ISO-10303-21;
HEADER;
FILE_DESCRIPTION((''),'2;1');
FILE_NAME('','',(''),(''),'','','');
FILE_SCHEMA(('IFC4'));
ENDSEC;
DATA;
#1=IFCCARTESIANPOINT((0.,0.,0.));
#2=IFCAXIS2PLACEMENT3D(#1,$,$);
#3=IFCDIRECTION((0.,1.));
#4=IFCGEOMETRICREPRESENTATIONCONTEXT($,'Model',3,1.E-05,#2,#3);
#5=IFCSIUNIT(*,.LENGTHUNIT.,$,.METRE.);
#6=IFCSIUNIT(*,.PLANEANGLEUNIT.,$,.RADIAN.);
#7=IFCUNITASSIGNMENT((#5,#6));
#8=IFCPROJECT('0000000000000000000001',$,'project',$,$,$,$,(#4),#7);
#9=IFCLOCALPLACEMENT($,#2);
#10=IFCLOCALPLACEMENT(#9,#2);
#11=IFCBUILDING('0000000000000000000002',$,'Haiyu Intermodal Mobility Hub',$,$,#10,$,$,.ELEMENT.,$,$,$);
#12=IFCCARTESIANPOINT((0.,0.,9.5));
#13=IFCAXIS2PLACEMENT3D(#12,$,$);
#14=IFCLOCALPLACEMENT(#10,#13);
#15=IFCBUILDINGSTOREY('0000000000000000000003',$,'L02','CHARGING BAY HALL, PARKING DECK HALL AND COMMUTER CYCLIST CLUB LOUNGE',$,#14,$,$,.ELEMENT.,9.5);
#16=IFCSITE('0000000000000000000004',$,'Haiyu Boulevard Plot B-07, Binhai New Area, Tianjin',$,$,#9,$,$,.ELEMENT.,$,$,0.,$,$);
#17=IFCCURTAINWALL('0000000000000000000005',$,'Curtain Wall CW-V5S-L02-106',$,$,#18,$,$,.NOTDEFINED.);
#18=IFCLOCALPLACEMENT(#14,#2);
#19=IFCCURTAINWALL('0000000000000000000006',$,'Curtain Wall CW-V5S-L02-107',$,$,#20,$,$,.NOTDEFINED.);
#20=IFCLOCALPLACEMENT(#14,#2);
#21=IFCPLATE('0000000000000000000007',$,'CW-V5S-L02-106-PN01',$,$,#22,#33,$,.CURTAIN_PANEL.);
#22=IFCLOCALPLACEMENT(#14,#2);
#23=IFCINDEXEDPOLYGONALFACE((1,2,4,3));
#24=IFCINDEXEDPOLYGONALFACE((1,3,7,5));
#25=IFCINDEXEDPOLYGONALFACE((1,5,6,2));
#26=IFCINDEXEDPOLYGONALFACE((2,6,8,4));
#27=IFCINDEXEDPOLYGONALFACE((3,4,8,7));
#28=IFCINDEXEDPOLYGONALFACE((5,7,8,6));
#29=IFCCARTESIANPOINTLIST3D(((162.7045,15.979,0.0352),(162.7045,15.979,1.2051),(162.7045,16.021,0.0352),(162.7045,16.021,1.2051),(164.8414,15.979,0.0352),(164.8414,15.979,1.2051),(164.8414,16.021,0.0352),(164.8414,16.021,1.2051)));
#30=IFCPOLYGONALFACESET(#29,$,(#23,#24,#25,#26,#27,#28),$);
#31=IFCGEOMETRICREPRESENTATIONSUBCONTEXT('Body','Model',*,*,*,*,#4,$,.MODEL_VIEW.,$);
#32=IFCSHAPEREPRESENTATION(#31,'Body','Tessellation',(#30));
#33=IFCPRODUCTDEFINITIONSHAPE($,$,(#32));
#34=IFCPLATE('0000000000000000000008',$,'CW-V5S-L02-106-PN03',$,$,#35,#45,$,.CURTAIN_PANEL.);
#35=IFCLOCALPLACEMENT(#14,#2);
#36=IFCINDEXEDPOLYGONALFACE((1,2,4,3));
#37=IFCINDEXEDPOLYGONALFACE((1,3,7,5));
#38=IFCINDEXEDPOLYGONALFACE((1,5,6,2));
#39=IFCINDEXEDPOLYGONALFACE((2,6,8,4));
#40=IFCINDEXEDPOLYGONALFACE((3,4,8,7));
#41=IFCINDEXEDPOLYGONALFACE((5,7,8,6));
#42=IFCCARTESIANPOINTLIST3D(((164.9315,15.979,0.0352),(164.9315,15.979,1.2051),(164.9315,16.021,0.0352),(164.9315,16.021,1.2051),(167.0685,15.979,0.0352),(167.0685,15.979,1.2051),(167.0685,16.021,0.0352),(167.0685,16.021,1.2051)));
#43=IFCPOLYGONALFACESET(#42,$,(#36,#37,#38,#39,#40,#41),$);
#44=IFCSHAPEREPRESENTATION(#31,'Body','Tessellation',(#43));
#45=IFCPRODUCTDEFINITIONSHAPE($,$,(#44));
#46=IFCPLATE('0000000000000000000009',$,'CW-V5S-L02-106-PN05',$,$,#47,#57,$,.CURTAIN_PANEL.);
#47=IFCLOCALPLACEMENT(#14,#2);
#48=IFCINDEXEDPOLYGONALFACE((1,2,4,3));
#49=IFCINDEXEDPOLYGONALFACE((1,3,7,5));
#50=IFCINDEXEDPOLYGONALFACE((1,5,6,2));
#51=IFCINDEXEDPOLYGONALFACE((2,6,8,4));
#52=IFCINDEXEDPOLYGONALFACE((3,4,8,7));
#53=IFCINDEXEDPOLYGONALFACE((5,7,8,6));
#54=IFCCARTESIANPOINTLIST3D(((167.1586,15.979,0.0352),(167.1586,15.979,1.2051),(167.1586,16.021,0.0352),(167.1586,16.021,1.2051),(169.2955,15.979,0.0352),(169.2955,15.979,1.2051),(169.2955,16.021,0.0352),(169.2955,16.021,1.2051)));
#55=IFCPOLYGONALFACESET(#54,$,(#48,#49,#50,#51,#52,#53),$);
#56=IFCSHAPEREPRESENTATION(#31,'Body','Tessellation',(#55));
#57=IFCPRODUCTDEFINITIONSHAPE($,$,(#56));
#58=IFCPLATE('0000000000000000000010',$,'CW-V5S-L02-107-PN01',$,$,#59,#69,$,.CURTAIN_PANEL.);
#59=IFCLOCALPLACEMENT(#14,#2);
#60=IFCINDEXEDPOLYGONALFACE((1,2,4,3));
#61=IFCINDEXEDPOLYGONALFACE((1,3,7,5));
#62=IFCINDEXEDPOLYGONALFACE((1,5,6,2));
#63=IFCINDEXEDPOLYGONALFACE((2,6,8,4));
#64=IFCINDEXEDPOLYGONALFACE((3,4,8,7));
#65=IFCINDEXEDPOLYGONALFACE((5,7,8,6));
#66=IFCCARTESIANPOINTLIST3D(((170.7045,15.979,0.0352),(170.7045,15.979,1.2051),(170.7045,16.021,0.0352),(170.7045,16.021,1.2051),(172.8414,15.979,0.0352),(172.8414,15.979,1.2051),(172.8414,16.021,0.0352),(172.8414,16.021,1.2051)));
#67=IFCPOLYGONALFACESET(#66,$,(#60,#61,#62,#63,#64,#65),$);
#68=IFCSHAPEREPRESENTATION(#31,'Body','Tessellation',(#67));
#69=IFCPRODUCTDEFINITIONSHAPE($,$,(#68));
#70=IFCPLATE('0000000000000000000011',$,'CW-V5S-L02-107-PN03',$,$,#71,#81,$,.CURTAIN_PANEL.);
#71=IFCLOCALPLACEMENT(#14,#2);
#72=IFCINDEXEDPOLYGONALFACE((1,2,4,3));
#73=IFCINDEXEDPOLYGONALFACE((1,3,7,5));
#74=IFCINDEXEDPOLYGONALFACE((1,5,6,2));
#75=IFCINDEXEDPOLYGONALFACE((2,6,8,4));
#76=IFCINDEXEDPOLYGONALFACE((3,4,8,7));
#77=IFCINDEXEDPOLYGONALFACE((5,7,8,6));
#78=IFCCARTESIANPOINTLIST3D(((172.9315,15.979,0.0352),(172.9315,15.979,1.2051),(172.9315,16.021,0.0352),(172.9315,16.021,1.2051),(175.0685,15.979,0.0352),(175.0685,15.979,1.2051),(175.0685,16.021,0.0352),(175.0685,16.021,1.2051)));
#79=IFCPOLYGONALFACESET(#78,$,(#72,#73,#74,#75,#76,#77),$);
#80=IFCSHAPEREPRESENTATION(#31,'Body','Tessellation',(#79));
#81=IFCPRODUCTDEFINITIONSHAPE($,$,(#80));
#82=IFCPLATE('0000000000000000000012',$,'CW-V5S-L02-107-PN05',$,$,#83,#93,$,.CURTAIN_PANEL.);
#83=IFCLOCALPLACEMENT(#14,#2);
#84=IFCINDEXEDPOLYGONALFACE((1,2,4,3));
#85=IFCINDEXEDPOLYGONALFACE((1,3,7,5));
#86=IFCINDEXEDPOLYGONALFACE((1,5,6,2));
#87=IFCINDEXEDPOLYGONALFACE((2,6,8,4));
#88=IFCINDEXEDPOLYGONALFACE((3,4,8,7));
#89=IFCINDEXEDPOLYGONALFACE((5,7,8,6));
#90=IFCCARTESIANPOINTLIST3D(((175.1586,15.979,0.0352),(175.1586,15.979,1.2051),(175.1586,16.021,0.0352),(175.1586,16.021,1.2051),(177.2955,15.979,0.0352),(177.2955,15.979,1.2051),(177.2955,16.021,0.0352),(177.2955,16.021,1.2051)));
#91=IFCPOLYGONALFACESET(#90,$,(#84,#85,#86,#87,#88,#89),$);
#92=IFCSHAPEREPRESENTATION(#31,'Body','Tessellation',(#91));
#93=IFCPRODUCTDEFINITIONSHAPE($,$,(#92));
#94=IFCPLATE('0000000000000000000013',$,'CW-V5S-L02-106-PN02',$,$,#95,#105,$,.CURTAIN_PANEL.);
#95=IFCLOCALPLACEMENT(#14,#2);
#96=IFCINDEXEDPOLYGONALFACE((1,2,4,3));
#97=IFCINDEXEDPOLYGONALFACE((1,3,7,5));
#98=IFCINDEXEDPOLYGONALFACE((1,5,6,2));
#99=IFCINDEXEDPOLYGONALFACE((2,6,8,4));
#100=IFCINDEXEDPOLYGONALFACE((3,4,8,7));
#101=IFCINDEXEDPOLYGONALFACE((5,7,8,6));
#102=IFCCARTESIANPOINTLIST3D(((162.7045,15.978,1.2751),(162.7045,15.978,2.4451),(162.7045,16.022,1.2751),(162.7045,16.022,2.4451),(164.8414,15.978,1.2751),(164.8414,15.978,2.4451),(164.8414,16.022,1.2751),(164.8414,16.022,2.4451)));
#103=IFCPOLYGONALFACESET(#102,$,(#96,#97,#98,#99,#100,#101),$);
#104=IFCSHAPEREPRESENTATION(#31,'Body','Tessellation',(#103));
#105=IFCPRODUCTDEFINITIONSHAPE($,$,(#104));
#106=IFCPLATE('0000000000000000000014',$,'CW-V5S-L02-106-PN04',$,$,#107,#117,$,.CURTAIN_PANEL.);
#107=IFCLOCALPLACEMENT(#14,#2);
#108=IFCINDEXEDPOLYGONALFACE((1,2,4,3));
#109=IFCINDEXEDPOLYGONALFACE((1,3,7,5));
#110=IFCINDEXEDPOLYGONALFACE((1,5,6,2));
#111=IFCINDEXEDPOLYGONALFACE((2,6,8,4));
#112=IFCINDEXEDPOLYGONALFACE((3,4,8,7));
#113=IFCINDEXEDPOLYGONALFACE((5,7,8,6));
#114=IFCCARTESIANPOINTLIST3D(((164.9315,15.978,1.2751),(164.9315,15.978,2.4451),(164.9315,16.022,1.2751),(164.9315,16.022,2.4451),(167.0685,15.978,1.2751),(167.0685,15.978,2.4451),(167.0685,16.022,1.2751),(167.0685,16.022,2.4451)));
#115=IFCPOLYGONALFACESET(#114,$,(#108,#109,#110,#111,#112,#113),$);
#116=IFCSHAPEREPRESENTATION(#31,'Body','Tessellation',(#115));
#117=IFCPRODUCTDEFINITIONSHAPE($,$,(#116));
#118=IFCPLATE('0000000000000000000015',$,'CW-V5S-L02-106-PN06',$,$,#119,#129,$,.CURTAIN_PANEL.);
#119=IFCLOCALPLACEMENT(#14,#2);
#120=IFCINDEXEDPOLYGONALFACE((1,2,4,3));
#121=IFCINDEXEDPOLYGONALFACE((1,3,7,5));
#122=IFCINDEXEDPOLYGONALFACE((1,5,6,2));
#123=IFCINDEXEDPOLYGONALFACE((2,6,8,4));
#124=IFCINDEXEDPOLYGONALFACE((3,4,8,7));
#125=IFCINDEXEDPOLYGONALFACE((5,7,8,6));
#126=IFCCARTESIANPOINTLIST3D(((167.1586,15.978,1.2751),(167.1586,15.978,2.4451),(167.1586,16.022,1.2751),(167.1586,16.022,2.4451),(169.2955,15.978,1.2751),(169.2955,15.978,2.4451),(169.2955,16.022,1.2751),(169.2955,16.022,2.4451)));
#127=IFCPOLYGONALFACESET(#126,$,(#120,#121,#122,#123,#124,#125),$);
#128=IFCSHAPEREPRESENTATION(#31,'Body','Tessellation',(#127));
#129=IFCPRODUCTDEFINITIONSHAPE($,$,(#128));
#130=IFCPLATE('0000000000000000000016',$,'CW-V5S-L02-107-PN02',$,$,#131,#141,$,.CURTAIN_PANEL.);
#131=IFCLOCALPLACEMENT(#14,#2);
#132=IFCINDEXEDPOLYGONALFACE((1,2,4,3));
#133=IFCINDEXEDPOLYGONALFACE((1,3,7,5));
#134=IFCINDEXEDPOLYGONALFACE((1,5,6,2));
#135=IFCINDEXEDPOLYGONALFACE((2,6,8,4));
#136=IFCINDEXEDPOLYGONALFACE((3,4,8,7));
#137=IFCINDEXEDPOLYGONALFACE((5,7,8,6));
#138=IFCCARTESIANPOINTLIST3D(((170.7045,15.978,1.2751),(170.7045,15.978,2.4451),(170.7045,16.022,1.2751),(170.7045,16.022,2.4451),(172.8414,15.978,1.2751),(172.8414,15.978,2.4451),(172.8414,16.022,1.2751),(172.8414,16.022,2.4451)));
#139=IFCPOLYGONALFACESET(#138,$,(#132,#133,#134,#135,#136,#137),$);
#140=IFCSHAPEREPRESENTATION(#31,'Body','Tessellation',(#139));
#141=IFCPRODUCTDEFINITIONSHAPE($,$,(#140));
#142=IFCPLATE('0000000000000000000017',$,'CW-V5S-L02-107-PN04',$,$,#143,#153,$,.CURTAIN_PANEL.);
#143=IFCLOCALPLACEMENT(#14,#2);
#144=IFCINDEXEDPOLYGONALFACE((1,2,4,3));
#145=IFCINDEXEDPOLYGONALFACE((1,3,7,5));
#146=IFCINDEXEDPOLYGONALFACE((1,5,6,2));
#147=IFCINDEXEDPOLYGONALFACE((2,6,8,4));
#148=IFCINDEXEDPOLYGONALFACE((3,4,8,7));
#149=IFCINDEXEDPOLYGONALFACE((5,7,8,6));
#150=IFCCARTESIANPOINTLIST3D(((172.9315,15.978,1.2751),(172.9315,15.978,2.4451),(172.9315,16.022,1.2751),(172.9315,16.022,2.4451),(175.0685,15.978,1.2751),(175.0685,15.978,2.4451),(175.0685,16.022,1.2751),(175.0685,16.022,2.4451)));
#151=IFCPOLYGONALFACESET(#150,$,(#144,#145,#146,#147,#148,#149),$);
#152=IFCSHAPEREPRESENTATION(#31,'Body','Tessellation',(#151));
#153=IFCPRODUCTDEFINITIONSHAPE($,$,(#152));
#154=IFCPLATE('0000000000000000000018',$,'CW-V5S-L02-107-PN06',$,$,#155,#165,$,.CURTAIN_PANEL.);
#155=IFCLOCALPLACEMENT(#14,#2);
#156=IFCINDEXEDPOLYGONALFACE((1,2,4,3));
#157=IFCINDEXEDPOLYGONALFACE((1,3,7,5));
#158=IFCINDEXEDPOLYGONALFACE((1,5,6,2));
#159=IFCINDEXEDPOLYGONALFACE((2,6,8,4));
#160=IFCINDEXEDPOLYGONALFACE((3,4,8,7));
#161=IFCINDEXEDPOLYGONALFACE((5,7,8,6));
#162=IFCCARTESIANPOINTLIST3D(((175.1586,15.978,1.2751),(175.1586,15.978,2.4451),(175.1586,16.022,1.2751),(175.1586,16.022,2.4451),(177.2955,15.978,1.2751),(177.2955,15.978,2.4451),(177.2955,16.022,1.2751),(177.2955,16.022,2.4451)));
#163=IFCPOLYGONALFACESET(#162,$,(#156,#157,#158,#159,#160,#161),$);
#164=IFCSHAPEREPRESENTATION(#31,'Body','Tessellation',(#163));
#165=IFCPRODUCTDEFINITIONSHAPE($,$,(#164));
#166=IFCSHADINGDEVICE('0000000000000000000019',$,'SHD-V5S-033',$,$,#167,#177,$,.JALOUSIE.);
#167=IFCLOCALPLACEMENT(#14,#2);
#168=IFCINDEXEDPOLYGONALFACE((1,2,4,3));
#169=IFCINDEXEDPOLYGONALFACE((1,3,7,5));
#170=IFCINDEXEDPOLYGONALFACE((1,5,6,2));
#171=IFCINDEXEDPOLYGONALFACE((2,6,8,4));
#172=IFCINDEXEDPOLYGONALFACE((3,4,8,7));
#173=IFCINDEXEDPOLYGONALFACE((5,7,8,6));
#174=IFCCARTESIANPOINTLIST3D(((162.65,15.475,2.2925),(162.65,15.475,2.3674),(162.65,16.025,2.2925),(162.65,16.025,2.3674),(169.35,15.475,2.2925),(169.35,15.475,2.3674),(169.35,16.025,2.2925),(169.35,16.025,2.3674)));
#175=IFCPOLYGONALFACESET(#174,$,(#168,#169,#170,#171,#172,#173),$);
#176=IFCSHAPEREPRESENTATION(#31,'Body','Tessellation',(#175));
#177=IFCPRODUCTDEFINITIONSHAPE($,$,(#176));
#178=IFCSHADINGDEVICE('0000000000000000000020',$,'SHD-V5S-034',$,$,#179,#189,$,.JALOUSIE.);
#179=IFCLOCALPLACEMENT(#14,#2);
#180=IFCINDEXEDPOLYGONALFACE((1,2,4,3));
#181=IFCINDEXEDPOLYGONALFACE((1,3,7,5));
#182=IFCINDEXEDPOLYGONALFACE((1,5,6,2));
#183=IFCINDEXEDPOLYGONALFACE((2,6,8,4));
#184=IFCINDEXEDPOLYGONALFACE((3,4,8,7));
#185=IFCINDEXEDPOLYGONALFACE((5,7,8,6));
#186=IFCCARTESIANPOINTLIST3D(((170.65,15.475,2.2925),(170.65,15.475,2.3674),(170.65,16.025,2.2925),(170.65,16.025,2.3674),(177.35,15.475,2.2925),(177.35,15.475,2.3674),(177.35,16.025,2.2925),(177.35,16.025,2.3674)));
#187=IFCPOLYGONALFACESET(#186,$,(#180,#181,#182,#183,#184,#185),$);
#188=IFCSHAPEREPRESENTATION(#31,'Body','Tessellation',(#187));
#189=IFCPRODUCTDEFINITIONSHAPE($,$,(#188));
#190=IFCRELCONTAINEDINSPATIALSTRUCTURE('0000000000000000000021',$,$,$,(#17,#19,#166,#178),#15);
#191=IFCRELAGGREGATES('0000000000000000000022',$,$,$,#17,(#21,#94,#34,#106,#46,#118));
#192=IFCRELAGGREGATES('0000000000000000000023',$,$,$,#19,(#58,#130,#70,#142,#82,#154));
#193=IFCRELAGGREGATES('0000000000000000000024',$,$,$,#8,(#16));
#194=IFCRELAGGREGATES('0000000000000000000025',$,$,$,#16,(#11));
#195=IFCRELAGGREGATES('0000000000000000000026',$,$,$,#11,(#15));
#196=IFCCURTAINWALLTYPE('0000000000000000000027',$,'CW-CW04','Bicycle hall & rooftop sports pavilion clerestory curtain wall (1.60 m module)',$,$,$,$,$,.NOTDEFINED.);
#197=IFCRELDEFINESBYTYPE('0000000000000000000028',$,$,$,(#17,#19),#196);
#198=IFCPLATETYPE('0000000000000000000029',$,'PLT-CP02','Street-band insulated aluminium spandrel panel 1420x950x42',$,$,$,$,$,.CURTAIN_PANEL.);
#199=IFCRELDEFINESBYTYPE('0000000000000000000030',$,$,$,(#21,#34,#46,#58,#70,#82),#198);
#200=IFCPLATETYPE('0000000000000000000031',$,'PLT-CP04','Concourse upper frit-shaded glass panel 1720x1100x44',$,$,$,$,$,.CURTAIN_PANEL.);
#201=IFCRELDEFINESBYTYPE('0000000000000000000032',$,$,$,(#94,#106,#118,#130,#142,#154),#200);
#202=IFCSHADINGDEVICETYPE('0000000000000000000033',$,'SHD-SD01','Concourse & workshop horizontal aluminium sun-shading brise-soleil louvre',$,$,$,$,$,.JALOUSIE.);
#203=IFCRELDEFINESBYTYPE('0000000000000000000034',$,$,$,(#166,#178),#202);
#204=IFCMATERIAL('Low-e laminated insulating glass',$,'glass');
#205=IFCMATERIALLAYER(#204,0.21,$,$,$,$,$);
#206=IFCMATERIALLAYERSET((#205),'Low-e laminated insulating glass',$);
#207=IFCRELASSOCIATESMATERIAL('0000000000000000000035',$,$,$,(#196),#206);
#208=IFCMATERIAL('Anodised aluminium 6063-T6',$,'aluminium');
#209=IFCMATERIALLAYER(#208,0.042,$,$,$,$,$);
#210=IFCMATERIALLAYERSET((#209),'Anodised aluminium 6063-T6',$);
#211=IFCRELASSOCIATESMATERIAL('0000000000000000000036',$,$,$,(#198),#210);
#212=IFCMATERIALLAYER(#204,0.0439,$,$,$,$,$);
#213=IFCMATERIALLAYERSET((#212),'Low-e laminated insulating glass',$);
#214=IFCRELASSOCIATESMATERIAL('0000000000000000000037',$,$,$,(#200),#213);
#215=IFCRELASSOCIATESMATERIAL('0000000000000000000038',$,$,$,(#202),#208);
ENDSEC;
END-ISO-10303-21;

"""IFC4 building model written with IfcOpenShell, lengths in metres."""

from ifc_helpers import new_model, si_unit, direction, frame, origin, origin_2d, place, context, subcontext, project, spatial, rectangle, extrude, material, layer, layer_set, material_profile, profile_set, type_object, element, aggregate, save


model = new_model("IFC4")

# Units and contexts
model_context = context("Model", 3, precision=1e-05, world=origin(), true_north=direction((0.0, 1.0)))
body_context = subcontext(model_context, "Body", "Model", "MODEL_VIEW")
ifc_project = project(units=[si_unit("LENGTHUNIT", "METRE"), si_unit("PLANEANGLEUNIT", "RADIAN")], contexts=[model_context])

# Site, building, storey
site_placement = place(None, origin())
site = spatial("IfcSite", under=ifc_project, at=site_placement, Name="Haiyu Boulevard Plot B-07, Binhai New Area, Tianjin", CompositionType="ELEMENT", RefElevation=0.0)
building_placement = place(site_placement, origin())
building = spatial("IfcBuilding", under=site, at=building_placement, Name="Haiyu Intermodal Mobility Hub", CompositionType="ELEMENT")
storey_placement = place(building_placement, frame((0.0, 0.0, 9.5)))
storey = spatial("IfcBuildingStorey", under=building, at=storey_placement, Name="L02", Description="CHARGING BAY HALL, PARKING DECK HALL AND COMMUTER CYCLIST CLUB LOUNGE", CompositionType="ELEMENT", Elevation=9.5)

# Curtain walls
ifc_material_1 = material(Name="Low-e laminated insulating glass", Category="glass")
ifc_layer_1 = layer(ifc_material_1, 0.21)
ifc_layer_set_1 = layer_set([ifc_layer_1], Name="Low-e laminated insulating glass")
curtain_wall_type = type_object("IfcCurtainWallType", Name="CW-CW04", Description="Bicycle hall & rooftop sports pavilion clerestory curtain wall (1.60 m module)", PredefinedType="NOTDEFINED", material=ifc_layer_set_1)
curtain_wall_1_placement = place(storey_placement, origin())
curtain_wall_1 = element("IfcCurtainWall", 1, at=curtain_wall_1_placement, inside=storey, type_object=curtain_wall_type, Name="Curtain Wall CW-V5S-L02-106", PredefinedType="NOTDEFINED")
ifc_material_2 = material(Name="Anodised aluminium 6063-T6", Category="aluminium")
curtain_wall_2_placement = place(storey_placement, origin())
curtain_wall_2 = element("IfcCurtainWall", 2, at=curtain_wall_2_placement, inside=storey, type_object=curtain_wall_type, Name="Curtain Wall CW-V5S-L02-107", PredefinedType="NOTDEFINED")

# Plates
ifc_layer_2 = layer(ifc_material_2, 0.042)
ifc_layer_set_2 = layer_set([ifc_layer_2], Name="Anodised aluminium 6063-T6")
plate_type_1 = type_object("IfcPlateType", Name="PLT-CP02", Description="Street-band insulated aluminium spandrel panel 1420x950x42", PredefinedType="CURTAIN_PANEL", material=ifc_layer_set_2)
plate_1_placement = place(storey_placement, frame((163.7729, 16.0, 0.0352), z_axis=(0.0, 0.0, 1.0), x_axis=(1.0, 0.0, 0.0)))
plate_1 = element("IfcPlate", 3, at=plate_1_placement, type_object=plate_type_1, Name="CW-V5S-L02-106-PN01", PredefinedType="CURTAIN_PANEL", context=body_context, shape_type="SweptSolid", body=[
    extrude(rectangle(XDim=2.137, YDim=0.042, at=origin_2d()), origin(), (0.0, 0.0, 1.0), 1.1699),
])
plate_2_placement = place(storey_placement, frame((166.0, 16.0, 0.0352), z_axis=(0.0, 0.0, 1.0), x_axis=(1.0, 0.0, 0.0)))
plate_2 = element("IfcPlate", 4, at=plate_2_placement, type_object=plate_type_1, Name="CW-V5S-L02-106-PN03", PredefinedType="CURTAIN_PANEL", context=body_context, shape_type="SweptSolid", body=[
    extrude(rectangle(XDim=2.137, YDim=0.042, at=origin_2d()), origin(), (0.0, 0.0, 1.0), 1.1699),
])
plate_3_placement = place(storey_placement, frame((168.2271, 16.0, 0.0352), z_axis=(0.0, 0.0, 1.0), x_axis=(1.0, 0.0, 0.0)))
plate_3 = element("IfcPlate", 5, at=plate_3_placement, type_object=plate_type_1, Name="CW-V5S-L02-106-PN05", PredefinedType="CURTAIN_PANEL", context=body_context, shape_type="SweptSolid", body=[
    extrude(rectangle(XDim=2.137, YDim=0.042, at=origin_2d()), origin(), (0.0, 0.0, 1.0), 1.1699),
])
plate_4_placement = place(storey_placement, frame((171.7729, 16.0, 0.0352), z_axis=(0.0, 0.0, 1.0), x_axis=(1.0, 0.0, 0.0)))
plate_4 = element("IfcPlate", 6, at=plate_4_placement, type_object=plate_type_1, Name="CW-V5S-L02-107-PN01", PredefinedType="CURTAIN_PANEL", context=body_context, shape_type="SweptSolid", body=[
    extrude(rectangle(XDim=2.137, YDim=0.042, at=origin_2d()), origin(), (0.0, 0.0, 1.0), 1.1699),
])
plate_5_placement = place(storey_placement, frame((174.0, 16.0, 0.0352), z_axis=(0.0, 0.0, 1.0), x_axis=(1.0, 0.0, 0.0)))
plate_5 = element("IfcPlate", 7, at=plate_5_placement, type_object=plate_type_1, Name="CW-V5S-L02-107-PN03", PredefinedType="CURTAIN_PANEL", context=body_context, shape_type="SweptSolid", body=[
    extrude(rectangle(XDim=2.137, YDim=0.042, at=origin_2d()), origin(), (0.0, 0.0, 1.0), 1.1699),
])
plate_6_placement = place(storey_placement, frame((176.2271, 16.0, 0.0352), z_axis=(0.0, 0.0, 1.0), x_axis=(1.0, 0.0, 0.0)))
plate_6 = element("IfcPlate", 8, at=plate_6_placement, type_object=plate_type_1, Name="CW-V5S-L02-107-PN05", PredefinedType="CURTAIN_PANEL", context=body_context, shape_type="SweptSolid", body=[
    extrude(rectangle(XDim=2.137, YDim=0.042, at=origin_2d()), origin(), (0.0, 0.0, 1.0), 1.1699),
])
ifc_layer_3 = layer(ifc_material_1, 0.0439)
ifc_layer_set_3 = layer_set([ifc_layer_3], Name="Low-e laminated insulating glass")
plate_type_2 = type_object("IfcPlateType", Name="PLT-CP04", Description="Concourse upper frit-shaded glass panel 1720x1100x44", PredefinedType="CURTAIN_PANEL", material=ifc_layer_set_3)
plate_7_placement = place(storey_placement, frame((163.7729, 16.0, 1.2751), z_axis=(0.0, 0.0, 1.0), x_axis=(1.0, 0.0, 0.0)))
plate_7 = element("IfcPlate", 9, at=plate_7_placement, type_object=plate_type_2, Name="CW-V5S-L02-106-PN02", PredefinedType="CURTAIN_PANEL", context=body_context, shape_type="SweptSolid", body=[
    extrude(rectangle(XDim=2.137, YDim=0.0439, at=origin_2d()), origin(), (0.0, 0.0, 1.0), 1.1699),
])
plate_8_placement = place(storey_placement, frame((166.0, 16.0, 1.2751), z_axis=(0.0, 0.0, 1.0), x_axis=(1.0, 0.0, 0.0)))
plate_8 = element("IfcPlate", 10, at=plate_8_placement, type_object=plate_type_2, Name="CW-V5S-L02-106-PN04", PredefinedType="CURTAIN_PANEL", context=body_context, shape_type="SweptSolid", body=[
    extrude(rectangle(XDim=2.137, YDim=0.0439, at=origin_2d()), origin(), (0.0, 0.0, 1.0), 1.1699),
])
plate_9_placement = place(storey_placement, frame((168.2271, 16.0, 1.2751), z_axis=(0.0, 0.0, 1.0), x_axis=(1.0, 0.0, 0.0)))
plate_9 = element("IfcPlate", 11, at=plate_9_placement, type_object=plate_type_2, Name="CW-V5S-L02-106-PN06", PredefinedType="CURTAIN_PANEL", context=body_context, shape_type="SweptSolid", body=[
    extrude(rectangle(XDim=2.137, YDim=0.0439, at=origin_2d()), origin(), (0.0, 0.0, 1.0), 1.1699),
])
aggregate(curtain_wall_1, [plate_1, plate_7, plate_2, plate_8, plate_3, plate_9])
plate_10_placement = place(storey_placement, frame((171.7729, 16.0, 1.2751), z_axis=(0.0, 0.0, 1.0), x_axis=(1.0, 0.0, 0.0)))
plate_10 = element("IfcPlate", 12, at=plate_10_placement, type_object=plate_type_2, Name="CW-V5S-L02-107-PN02", PredefinedType="CURTAIN_PANEL", context=body_context, shape_type="SweptSolid", body=[
    extrude(rectangle(XDim=2.137, YDim=0.0439, at=origin_2d()), origin(), (0.0, 0.0, 1.0), 1.1699),
])
plate_11_placement = place(storey_placement, frame((174.0, 16.0, 1.2751), z_axis=(0.0, 0.0, 1.0), x_axis=(1.0, 0.0, 0.0)))
plate_11 = element("IfcPlate", 13, at=plate_11_placement, type_object=plate_type_2, Name="CW-V5S-L02-107-PN04", PredefinedType="CURTAIN_PANEL", context=body_context, shape_type="SweptSolid", body=[
    extrude(rectangle(XDim=2.137, YDim=0.0439, at=origin_2d()), origin(), (0.0, 0.0, 1.0), 1.1699),
])
plate_12_placement = place(storey_placement, frame((176.2271, 16.0, 1.2751), z_axis=(0.0, 0.0, 1.0), x_axis=(1.0, 0.0, 0.0)))
plate_12 = element("IfcPlate", 14, at=plate_12_placement, type_object=plate_type_2, Name="CW-V5S-L02-107-PN06", PredefinedType="CURTAIN_PANEL", context=body_context, shape_type="SweptSolid", body=[
    extrude(rectangle(XDim=2.137, YDim=0.0439, at=origin_2d()), origin(), (0.0, 0.0, 1.0), 1.1699),
])
aggregate(curtain_wall_2, [plate_4, plate_10, plate_5, plate_11, plate_6, plate_12])

# Shading devices
ifc_material_profile_1 = material_profile(ifc_material_2, rectangle(XDim=0.0801, YDim=0.45, at=origin_2d()), Name="FIN80x450")
ifc_profile_set_1 = profile_set([ifc_material_profile_1], Name="Anodised aluminium 6063-T6")
shading_device_type = type_object("IfcShadingDeviceType", Name="SHD-SD01", Description="Concourse & workshop horizontal aluminium sun-shading brise-soleil louvre", PredefinedType="JALOUSIE", material=ifc_profile_set_1)
for number, where, z_axis, x_axis, name in (
    (15, (166.0, 15.75, 2.2925), (0.0, 0.0, 1.0), (1.0, 0.0, 0.0), "SHD-V5S-033"),
    (16, (174.0, 15.75, 2.2925), (0.0, 0.0, 1.0), (1.0, 0.0, 0.0), "SHD-V5S-034"),
):
    element("IfcShadingDevice", number, at=place(storey_placement, frame(where, z_axis=z_axis, x_axis=x_axis)), inside=storey, type_object=shading_device_type, Name=name, PredefinedType="JALOUSIE", context=body_context, shape_type="SweptSolid", body=[
        extrude(rectangle(XDim=6.7, YDim=0.55, at=origin_2d()), origin(), (0.0, 0.0, 1.0), 0.075),
    ])

save(model, "model.ifc")
